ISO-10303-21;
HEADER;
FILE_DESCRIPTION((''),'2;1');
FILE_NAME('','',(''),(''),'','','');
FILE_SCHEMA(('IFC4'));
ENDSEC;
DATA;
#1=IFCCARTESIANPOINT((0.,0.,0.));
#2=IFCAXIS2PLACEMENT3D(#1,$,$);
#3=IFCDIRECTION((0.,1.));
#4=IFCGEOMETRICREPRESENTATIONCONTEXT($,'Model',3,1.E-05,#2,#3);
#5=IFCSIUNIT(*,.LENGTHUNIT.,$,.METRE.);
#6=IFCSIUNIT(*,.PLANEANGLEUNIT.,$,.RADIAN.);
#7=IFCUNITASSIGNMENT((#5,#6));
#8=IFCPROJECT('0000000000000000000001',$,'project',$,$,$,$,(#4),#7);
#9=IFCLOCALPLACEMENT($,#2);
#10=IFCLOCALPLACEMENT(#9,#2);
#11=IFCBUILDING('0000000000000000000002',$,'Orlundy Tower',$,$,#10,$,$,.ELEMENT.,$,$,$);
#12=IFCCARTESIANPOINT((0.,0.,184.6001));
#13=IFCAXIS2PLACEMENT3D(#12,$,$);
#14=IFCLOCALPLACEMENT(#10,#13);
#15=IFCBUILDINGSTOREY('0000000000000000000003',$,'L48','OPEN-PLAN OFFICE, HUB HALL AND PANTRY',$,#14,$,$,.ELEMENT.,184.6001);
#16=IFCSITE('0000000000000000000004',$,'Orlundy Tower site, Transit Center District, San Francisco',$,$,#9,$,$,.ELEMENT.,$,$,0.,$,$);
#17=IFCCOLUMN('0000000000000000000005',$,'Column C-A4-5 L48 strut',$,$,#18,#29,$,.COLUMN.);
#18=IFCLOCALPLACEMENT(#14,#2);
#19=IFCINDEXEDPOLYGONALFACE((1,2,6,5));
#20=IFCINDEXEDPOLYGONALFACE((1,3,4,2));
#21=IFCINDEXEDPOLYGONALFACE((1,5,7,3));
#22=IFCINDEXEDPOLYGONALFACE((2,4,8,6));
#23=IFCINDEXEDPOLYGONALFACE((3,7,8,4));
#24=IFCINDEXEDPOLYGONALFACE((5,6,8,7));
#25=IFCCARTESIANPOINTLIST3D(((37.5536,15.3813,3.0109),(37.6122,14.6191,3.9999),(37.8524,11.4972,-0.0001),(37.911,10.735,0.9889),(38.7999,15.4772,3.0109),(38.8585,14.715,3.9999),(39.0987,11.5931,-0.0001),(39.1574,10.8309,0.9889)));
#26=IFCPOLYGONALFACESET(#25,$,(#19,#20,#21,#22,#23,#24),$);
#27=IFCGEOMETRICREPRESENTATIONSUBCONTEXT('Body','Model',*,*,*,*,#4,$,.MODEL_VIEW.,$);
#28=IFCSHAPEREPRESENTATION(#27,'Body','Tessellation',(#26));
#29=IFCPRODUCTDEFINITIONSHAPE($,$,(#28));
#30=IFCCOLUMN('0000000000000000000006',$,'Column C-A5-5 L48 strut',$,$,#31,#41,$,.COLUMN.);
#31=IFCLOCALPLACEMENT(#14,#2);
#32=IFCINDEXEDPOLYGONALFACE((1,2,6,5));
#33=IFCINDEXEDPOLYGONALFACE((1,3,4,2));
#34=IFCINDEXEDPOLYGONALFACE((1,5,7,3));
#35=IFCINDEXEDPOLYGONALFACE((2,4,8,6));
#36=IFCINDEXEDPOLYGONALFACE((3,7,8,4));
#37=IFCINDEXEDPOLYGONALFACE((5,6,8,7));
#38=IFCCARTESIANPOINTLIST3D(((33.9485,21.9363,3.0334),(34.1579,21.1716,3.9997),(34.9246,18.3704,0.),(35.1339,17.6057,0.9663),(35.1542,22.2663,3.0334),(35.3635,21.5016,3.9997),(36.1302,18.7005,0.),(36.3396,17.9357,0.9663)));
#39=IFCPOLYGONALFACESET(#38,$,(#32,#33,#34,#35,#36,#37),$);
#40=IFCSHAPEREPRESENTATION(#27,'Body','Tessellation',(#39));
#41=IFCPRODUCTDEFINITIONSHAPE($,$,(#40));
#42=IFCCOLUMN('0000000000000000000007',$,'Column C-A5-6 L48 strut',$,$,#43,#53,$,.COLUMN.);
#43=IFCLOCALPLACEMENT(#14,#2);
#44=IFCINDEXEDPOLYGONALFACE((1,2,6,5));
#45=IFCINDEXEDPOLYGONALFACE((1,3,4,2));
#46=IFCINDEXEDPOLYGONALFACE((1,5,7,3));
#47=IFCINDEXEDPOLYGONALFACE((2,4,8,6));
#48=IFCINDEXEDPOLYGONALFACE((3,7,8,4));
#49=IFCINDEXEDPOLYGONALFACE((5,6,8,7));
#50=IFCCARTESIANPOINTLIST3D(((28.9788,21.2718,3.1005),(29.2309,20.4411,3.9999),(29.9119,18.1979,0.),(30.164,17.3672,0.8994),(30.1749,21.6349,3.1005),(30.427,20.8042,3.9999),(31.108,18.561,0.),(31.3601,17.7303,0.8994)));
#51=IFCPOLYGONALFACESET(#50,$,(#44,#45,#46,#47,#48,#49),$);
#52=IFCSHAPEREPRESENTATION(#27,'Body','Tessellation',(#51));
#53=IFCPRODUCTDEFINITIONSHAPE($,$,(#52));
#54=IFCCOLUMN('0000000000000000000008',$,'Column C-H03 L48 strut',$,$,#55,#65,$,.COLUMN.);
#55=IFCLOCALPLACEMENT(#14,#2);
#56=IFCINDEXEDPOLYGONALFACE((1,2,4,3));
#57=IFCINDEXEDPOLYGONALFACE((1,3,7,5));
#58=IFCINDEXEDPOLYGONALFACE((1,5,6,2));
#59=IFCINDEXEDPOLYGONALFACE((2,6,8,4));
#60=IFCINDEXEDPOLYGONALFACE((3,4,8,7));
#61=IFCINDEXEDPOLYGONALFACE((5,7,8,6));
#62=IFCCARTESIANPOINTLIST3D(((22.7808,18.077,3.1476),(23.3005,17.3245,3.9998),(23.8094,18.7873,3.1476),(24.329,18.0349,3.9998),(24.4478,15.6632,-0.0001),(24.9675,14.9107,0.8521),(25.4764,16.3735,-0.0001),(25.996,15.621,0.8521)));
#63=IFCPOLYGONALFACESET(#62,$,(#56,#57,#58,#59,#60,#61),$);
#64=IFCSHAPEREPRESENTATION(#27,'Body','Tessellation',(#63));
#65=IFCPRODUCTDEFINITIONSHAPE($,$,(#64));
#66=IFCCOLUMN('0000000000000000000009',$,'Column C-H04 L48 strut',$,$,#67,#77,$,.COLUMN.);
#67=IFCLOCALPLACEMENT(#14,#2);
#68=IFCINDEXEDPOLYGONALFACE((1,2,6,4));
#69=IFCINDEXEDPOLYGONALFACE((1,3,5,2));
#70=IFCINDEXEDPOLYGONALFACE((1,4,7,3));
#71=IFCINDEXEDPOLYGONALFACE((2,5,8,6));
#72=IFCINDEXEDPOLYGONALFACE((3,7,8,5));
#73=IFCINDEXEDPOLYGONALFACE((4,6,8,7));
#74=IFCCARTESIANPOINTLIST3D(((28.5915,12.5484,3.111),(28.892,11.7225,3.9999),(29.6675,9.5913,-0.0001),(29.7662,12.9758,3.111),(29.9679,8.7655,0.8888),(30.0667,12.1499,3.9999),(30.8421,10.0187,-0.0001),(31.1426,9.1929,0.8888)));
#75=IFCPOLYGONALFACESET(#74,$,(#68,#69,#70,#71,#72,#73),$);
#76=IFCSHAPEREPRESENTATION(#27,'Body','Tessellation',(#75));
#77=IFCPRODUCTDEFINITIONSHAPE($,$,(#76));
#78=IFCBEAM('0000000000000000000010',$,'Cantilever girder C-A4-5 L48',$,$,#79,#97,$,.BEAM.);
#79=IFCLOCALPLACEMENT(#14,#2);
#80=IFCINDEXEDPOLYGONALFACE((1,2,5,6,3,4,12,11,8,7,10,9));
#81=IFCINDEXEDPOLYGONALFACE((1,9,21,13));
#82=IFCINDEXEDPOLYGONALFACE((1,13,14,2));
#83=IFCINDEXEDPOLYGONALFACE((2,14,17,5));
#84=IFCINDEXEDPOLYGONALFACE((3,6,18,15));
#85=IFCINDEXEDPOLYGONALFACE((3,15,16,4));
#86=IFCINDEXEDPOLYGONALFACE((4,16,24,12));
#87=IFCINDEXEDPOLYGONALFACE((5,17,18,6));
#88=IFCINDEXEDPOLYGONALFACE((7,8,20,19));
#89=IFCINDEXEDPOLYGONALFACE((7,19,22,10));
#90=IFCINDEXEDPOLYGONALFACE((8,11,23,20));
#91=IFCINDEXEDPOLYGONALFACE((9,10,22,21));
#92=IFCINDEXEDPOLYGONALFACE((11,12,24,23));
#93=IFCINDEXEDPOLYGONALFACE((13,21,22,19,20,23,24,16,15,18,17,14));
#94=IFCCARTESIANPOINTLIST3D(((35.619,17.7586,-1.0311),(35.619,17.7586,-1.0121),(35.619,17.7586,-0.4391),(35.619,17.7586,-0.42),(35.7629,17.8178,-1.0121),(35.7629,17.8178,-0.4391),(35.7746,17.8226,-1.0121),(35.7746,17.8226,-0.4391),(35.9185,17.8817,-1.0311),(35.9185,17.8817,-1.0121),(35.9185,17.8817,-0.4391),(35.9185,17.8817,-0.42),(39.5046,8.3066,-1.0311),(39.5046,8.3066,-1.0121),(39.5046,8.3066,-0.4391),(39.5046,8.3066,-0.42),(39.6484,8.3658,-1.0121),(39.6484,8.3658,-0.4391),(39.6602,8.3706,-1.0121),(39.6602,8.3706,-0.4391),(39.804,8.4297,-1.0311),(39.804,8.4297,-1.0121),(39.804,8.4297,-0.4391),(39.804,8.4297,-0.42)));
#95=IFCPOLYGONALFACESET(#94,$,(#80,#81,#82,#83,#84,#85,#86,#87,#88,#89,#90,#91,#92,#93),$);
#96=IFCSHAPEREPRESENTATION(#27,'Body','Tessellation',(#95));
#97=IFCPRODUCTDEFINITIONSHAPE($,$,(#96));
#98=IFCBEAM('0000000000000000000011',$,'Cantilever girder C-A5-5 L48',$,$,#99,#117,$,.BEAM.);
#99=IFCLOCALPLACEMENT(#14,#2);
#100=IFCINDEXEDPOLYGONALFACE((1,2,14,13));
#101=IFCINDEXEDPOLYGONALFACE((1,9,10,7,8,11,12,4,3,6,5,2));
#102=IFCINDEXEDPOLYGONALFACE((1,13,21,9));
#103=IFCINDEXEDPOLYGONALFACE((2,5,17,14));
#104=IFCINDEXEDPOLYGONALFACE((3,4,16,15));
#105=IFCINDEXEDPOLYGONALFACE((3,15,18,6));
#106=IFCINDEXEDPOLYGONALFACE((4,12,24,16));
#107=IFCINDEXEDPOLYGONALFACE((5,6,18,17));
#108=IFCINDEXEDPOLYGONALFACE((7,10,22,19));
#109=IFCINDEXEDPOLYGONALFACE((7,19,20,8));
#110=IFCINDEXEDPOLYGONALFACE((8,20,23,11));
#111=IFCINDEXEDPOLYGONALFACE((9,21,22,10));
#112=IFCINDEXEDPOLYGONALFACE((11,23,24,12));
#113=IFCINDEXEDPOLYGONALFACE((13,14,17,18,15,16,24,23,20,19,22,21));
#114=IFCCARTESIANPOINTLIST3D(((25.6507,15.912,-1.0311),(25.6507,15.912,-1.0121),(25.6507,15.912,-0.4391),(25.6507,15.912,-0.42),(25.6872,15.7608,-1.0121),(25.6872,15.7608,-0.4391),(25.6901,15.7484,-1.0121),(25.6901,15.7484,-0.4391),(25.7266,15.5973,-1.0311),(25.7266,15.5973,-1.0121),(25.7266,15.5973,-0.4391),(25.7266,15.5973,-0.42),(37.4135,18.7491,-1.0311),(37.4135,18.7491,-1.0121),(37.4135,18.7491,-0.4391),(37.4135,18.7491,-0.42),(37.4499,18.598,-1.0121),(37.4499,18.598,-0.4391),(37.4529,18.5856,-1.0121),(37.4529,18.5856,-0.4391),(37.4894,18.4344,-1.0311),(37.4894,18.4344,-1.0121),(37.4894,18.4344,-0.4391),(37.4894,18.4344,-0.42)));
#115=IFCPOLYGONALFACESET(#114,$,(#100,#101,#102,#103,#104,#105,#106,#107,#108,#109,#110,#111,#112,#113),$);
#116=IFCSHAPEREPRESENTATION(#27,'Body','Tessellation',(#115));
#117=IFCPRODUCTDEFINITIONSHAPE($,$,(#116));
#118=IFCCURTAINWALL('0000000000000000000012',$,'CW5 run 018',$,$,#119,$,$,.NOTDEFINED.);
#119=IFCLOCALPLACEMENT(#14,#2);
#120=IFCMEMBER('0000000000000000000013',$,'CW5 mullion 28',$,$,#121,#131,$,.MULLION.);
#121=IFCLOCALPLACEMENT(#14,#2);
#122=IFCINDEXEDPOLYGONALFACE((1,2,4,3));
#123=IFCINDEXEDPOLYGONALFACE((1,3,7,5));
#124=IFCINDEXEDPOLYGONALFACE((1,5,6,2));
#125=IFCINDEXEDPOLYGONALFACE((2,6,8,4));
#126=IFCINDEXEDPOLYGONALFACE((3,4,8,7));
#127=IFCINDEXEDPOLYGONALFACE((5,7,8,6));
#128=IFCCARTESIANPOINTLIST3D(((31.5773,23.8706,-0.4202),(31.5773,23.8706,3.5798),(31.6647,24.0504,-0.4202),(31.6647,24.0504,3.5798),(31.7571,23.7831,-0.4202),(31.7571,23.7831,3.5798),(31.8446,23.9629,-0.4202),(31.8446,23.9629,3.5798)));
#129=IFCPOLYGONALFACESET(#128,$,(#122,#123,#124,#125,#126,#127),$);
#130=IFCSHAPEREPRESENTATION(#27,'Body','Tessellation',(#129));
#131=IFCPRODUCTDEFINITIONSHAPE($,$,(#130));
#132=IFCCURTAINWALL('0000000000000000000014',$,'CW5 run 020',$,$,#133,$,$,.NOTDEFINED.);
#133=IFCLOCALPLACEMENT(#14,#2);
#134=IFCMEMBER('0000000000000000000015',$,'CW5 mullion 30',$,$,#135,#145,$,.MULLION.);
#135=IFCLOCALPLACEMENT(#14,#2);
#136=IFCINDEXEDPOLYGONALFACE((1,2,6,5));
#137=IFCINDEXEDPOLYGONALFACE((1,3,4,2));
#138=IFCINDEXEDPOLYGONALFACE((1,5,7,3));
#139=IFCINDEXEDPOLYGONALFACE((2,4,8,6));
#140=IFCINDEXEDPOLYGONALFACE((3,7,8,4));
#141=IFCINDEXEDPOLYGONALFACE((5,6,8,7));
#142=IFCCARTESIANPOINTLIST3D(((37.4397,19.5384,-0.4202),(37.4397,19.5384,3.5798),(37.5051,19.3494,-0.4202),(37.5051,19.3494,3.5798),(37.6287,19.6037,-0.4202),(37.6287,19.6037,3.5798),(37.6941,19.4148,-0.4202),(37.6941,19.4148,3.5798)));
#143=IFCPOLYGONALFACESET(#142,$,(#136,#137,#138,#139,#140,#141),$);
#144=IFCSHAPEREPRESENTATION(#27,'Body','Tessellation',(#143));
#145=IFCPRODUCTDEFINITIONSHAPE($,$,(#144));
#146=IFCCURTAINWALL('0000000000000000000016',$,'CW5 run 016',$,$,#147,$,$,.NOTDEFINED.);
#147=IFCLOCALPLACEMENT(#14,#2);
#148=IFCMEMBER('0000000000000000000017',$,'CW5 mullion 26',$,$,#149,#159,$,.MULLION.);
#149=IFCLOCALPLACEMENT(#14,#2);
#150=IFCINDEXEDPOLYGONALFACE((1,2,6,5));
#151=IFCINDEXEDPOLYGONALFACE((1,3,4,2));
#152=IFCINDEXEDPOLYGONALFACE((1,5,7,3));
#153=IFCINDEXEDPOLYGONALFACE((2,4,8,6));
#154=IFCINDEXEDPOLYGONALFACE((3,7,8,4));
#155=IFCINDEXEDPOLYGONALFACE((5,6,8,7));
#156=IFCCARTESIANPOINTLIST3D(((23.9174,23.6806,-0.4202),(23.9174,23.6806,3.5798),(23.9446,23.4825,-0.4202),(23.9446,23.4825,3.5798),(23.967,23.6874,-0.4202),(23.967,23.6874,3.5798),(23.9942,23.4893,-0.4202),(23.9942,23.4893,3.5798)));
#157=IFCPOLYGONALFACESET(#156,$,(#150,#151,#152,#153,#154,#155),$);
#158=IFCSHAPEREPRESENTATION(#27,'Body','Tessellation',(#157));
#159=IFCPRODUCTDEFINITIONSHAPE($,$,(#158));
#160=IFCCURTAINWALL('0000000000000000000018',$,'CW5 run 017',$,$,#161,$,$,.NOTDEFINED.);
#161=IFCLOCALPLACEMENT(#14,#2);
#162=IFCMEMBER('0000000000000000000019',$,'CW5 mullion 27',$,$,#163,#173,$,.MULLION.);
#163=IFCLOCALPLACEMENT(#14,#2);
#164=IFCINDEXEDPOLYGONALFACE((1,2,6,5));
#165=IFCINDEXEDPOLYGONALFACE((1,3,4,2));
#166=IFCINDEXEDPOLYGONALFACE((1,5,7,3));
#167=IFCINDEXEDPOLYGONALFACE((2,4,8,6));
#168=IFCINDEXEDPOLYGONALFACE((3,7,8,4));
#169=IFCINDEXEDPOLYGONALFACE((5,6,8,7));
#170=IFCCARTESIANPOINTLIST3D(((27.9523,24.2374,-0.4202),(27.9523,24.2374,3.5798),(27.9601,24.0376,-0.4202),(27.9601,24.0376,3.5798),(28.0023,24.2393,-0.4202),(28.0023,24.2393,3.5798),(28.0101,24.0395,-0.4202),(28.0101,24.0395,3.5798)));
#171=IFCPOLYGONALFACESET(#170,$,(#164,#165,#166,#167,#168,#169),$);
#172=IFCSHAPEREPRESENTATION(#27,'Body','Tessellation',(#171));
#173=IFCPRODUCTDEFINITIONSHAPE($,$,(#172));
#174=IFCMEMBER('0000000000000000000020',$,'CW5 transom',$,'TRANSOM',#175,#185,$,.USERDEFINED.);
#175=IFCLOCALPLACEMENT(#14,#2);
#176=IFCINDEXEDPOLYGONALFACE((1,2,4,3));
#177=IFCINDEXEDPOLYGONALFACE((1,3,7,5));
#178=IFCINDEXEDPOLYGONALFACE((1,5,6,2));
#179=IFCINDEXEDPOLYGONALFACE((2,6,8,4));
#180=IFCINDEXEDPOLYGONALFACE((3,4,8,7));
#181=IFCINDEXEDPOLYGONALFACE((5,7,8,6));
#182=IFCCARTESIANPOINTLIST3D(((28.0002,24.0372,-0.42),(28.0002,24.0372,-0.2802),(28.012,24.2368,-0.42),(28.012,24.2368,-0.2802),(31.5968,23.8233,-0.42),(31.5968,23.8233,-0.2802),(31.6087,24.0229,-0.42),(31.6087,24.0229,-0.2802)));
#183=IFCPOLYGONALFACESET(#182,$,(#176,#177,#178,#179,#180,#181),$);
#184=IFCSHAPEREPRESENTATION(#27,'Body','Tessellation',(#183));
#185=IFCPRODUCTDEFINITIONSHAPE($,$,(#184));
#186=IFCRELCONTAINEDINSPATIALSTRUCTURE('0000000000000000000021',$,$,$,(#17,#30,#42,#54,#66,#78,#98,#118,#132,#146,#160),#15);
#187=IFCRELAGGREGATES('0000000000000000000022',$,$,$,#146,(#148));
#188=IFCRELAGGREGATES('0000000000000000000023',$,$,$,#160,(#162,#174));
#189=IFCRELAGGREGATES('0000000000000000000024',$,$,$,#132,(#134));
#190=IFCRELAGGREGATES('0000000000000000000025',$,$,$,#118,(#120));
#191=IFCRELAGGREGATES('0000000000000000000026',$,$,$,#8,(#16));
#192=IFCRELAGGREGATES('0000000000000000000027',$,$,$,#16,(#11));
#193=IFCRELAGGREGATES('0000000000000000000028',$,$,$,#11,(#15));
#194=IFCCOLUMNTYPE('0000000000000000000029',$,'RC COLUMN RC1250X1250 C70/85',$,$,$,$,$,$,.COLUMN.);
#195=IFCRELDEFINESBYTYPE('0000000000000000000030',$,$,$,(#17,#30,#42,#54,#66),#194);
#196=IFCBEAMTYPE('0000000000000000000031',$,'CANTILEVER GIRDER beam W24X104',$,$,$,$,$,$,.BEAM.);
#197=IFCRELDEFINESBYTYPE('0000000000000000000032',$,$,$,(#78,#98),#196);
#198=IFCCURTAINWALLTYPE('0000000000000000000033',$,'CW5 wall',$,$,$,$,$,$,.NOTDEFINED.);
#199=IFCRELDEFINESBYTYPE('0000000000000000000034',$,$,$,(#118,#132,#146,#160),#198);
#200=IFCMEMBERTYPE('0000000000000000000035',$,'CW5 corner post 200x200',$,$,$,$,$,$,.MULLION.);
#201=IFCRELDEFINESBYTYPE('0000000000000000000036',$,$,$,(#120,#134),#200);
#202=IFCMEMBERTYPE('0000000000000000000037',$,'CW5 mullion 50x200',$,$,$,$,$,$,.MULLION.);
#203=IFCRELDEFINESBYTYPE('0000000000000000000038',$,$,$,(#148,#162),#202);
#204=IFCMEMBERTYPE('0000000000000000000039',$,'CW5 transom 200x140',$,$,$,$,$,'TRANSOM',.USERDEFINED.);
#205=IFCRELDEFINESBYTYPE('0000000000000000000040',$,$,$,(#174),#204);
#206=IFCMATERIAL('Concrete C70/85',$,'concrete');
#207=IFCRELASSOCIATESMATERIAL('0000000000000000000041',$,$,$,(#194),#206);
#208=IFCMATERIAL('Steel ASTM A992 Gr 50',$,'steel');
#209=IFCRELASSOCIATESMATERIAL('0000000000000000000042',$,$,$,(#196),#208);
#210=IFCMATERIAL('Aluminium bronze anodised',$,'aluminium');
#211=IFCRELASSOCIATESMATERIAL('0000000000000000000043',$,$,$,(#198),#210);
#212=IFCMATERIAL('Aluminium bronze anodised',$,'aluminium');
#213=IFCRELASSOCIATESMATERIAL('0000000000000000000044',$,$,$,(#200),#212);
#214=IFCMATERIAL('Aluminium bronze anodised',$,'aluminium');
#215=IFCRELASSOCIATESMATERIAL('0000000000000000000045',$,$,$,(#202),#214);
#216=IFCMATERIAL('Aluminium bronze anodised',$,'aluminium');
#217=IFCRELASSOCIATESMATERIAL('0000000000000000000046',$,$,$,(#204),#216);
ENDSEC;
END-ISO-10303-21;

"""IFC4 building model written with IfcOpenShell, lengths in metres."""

from ifc_helpers import new_model, si_unit, direction, frame, origin, origin_2d, place, context, subcontext, project, spatial, rectangle, i_section, extrude, material, material_profile, profile_set, type_object, element, aggregate, save


model = new_model("IFC4")

# Units and contexts
model_context = context("Model", 3, precision=1e-05, world=origin(), true_north=direction((0.0, 1.0)))
body_context = subcontext(model_context, "Body", "Model", "MODEL_VIEW")
ifc_project = project(units=[si_unit("LENGTHUNIT", "METRE"), si_unit("PLANEANGLEUNIT", "RADIAN")], contexts=[model_context])

# Site, building, storey
site_placement = place(None, origin())
site = spatial("IfcSite", under=ifc_project, at=site_placement, Name="Orlundy Tower site, Transit Center District, San Francisco", CompositionType="ELEMENT", RefElevation=0.0)
building_placement = place(site_placement, origin())
building = spatial("IfcBuilding", under=site, at=building_placement, Name="Orlundy Tower", CompositionType="ELEMENT")
storey_placement = place(building_placement, frame((0.0, 0.0, 184.6001)))
storey = spatial("IfcBuildingStorey", under=building, at=storey_placement, Name="L48", Description="OPEN-PLAN OFFICE, HUB HALL AND PANTRY", CompositionType="ELEMENT", Elevation=184.6001)

# Columns
ifc_material_1 = material(Name="Concrete C70/85", Category="concrete")
ifc_material_profile_1 = material_profile(ifc_material_1, rectangle(XDim=1.25, YDim=1.25, at=origin_2d()), Name="RC1250X1250")
ifc_profile_set_1 = profile_set([ifc_material_profile_1], Name="Concrete C70/85")
column_type = type_object("IfcColumnType", Name="RC COLUMN RC1250X1250 C70/85", PredefinedType="COLUMN", material=ifc_profile_set_1)
column_1_placement = place(storey_placement, frame((38.5049, 11.1641, 0.4944), z_axis=(-0.060694, 0.788873, 0.611552), x_axis=(-0.997053, -0.076711, 0.0)))
element("IfcColumn", 1, at=column_1_placement, inside=storey, type_object=column_type, Name="Column C-A4-5 L48 strut", PredefinedType="COLUMN", context=body_context, shape_type="SweptSolid", body=[
    extrude(rectangle(XDim=1.25, YDim=1.25, at=origin_2d()), origin(), (0.0, 0.0, 1.0), 4.9236),
])
column_2_placement = place(storey_placement, frame((35.6321, 18.1531, 0.4832), z_axis=(-0.204102, 0.745651, 0.634309), x_axis=(-0.96452, -0.264011, 0.0)))
element("IfcColumn", 2, at=column_2_placement, inside=storey, type_object=column_type, Name="Column C-A5-5 L48 strut", PredefinedType="COLUMN", context=body_context, shape_type="SweptSolid", body=[
    extrude(rectangle(XDim=1.25, YDim=1.25, at=origin_2d()), origin(), (0.0, 0.0, 1.0), 4.7822),
])
column_3_placement = place(storey_placement, frame((30.636, 17.9641, 0.4497), z_axis=(-0.208996, 0.688505, 0.694465), x_axis=(-0.956886, -0.290463, 0.0)))
element("IfcColumn", 3, at=column_3_placement, inside=storey, type_object=column_type, Name="Column C-A5-6 L48 strut", PredefinedType="COLUMN", context=body_context, shape_type="SweptSolid", body=[
    extrude(rectangle(XDim=1.25, YDim=1.25, at=origin_2d()), origin(), (0.0, 0.0, 1.0), 4.4646),
])
column_4_placement = place(storey_placement, frame((25.2219, 15.6421, 0.426), z_axis=(-0.387427, 0.560998, 0.731561), x_axis=(-0.822848, -0.568262, 0.0)))
element("IfcColumn", 4, at=column_4_placement, inside=storey, type_object=column_type, Name="Column C-H03 L48 strut", PredefinedType="COLUMN", context=body_context, shape_type="SweptSolid", body=[
    extrude(rectangle(XDim=1.25, YDim=1.25, at=origin_2d()), origin(), (0.0, 0.0, 1.0), 4.3027),
])
column_5_placement = place(storey_placement, frame((30.405, 9.3921, 0.4443), z_axis=(-0.243148, 0.668258, 0.703072), x_axis=(-0.939728, -0.341924, 0.0)))
element("IfcColumn", 5, at=column_5_placement, inside=storey, type_object=column_type, Name="Column C-H04 L48 strut", PredefinedType="COLUMN", context=body_context, shape_type="SweptSolid", body=[
    extrude(rectangle(XDim=1.25, YDim=1.25, at=origin_2d()), origin(), (0.0, 0.0, 1.0), 4.425),
])

# Beams
ifc_material_2 = material(Name="Steel ASTM A992 Gr 50", Category="steel")
ifc_material_profile_2 = material_profile(ifc_material_2, i_section(OverallWidth=0.3237, OverallDepth=0.6111, WebThickness=0.0127, FlangeThickness=0.019, at=origin_2d()), Name="W24X104")
ifc_profile_set_2 = profile_set([ifc_material_profile_2], Name="Steel ASTM A992 Gr 50")
beam_type = type_object("IfcBeamType", Name="CANTILEVER GIRDER beam W24X104", PredefinedType="BEAM", material=ifc_profile_set_2)
beam_1_placement = place(storey_placement, frame((39.6543, 8.3682, -0.7256), z_axis=(-0.380209, 0.924901, 0.0), x_axis=(-0.924901, -0.380209, 0.0)))
element("IfcBeam", 6, at=beam_1_placement, inside=storey, type_object=beam_type, Name="Cantilever girder C-A4-5 L48", PredefinedType="BEAM", context=body_context, shape_type="SweptSolid", body=[
    extrude(i_section(OverallWidth=0.3237, OverallDepth=0.6111, WebThickness=0.0127, FlangeThickness=0.019, at=origin_2d()), origin(), (0.0, 0.0, 1.0), 10.2195),
])
beam_2_placement = place(storey_placement, frame((37.4514, 18.5918, -0.7256), z_axis=(-0.972122, -0.234476, 0.0), x_axis=(0.234476, -0.972122, 0.0)))
element("IfcBeam", 7, at=beam_2_placement, inside=storey, type_object=beam_type, Name="Cantilever girder C-A5-5 L48", PredefinedType="BEAM", context=body_context, shape_type="SweptSolid", body=[
    extrude(i_section(OverallWidth=0.3237, OverallDepth=0.6111, WebThickness=0.0127, FlangeThickness=0.019, at=origin_2d()), origin(), (0.0, 0.0, 1.0), 12.1001),
])

# Curtain walls, members
ifc_material_3 = material(Name="Aluminium bronze anodised", Category="aluminium")
curtain_wall_type = type_object("IfcCurtainWallType", Name="CW5 wall", PredefinedType="NOTDEFINED", material=ifc_material_3)
curtain_wall_1_placement = place(storey_placement, origin())
curtain_wall_1 = element("IfcCurtainWall", 8, at=curtain_wall_1_placement, inside=storey, type_object=curtain_wall_type, Name="CW5 run 018", PredefinedType="NOTDEFINED")
ifc_material_4 = material(Name="Aluminium bronze anodised", Category="aluminium")
ifc_material_profile_3 = material_profile(ifc_material_4, rectangle(XDim=0.2, YDim=0.2, at=origin_2d()), Name="CW5 corner post 200x200")
ifc_profile_set_3 = profile_set([ifc_material_profile_3], Name="Aluminium bronze anodised")
member_type_1 = type_object("IfcMemberType", Name="CW5 corner post 200x200", PredefinedType="MULLION", material=ifc_profile_set_3)
member_1_placement = place(storey_placement, frame((31.7109, 23.9167, -0.4202), z_axis=(0.0, 0.0, 1.0), x_axis=(0.437259, 0.899335, 0.0)))
member_1 = element("IfcMember", 9, at=member_1_placement, type_object=member_type_1, Name="CW5 mullion 28", PredefinedType="MULLION", context=body_context, shape_type="SweptSolid", body=[
    extrude(rectangle(XDim=0.2, YDim=0.2, at=origin_2d()), origin(), (0.0, 0.0, 1.0), 4.0),
])
curtain_wall_2_placement = place(storey_placement, origin())
curtain_wall_2 = element("IfcCurtainWall", 10, at=curtain_wall_2_placement, inside=storey, type_object=curtain_wall_type, Name="CW5 run 020", PredefinedType="NOTDEFINED")
member_2_placement = place(storey_placement, frame((37.5669, 19.4766, -0.4202), z_axis=(0.0, 0.0, 1.0), x_axis=(0.945034, 0.326972, 0.0)))
member_2 = element("IfcMember", 11, at=member_2_placement, type_object=member_type_1, Name="CW5 mullion 30", PredefinedType="MULLION", context=body_context, shape_type="SweptSolid", body=[
    extrude(rectangle(XDim=0.2, YDim=0.2, at=origin_2d()), origin(), (0.0, 0.0, 1.0), 4.0),
])
curtain_wall_3_placement = place(storey_placement, origin())
curtain_wall_3 = element("IfcCurtainWall", 12, at=curtain_wall_3_placement, inside=storey, type_object=curtain_wall_type, Name="CW5 run 016", PredefinedType="NOTDEFINED")
ifc_material_5 = material(Name="Aluminium bronze anodised", Category="aluminium")
ifc_material_profile_4 = material_profile(ifc_material_5, rectangle(XDim=0.2, YDim=0.05, at=origin_2d()), Name="CW5 mullion 50x200")
ifc_profile_set_4 = profile_set([ifc_material_profile_4], Name="Aluminium bronze anodised")
member_type_2 = type_object("IfcMemberType", Name="CW5 mullion 50x200", PredefinedType="MULLION", material=ifc_profile_set_4)
member_3_placement = place(storey_placement, frame((23.9558, 23.585, -0.4202), z_axis=(0.0, 0.0, 1.0), x_axis=(-0.136187, 0.990683, 0.0)))
member_3 = element("IfcMember", 13, at=member_3_placement, type_object=member_type_2, Name="CW5 mullion 26", PredefinedType="MULLION", context=body_context, shape_type="SweptSolid", body=[
    extrude(rectangle(XDim=0.2, YDim=0.05, at=origin_2d()), origin(), (0.0, 0.0, 1.0), 4.0),
])

# Curtain wall, members
curtain_wall_4_placement = place(storey_placement, origin())
curtain_wall_4 = element("IfcCurtainWall", 14, at=curtain_wall_4_placement, inside=storey, type_object=curtain_wall_type, Name="CW5 run 017", PredefinedType="NOTDEFINED")
member_4_placement = place(storey_placement, frame((27.9812, 24.1384, -0.4202), z_axis=(0.0, 0.0, 1.0), x_axis=(-0.038601, 0.999255, 0.0)))
member_4 = element("IfcMember", 15, at=member_4_placement, type_object=member_type_2, Name="CW5 mullion 27", PredefinedType="MULLION", context=body_context, shape_type="SweptSolid", body=[
    extrude(rectangle(XDim=0.2, YDim=0.05, at=origin_2d()), origin(), (0.0, 0.0, 1.0), 4.0),
])
ifc_material_6 = material(Name="Aluminium bronze anodised", Category="aluminium")
ifc_material_profile_5 = material_profile(ifc_material_6, rectangle(XDim=0.2, YDim=0.1399, at=origin_2d()), Name="CW5 transom 200x140")
ifc_profile_set_5 = profile_set([ifc_material_profile_5], Name="Aluminium bronze anodised")
member_type_3 = type_object("IfcMemberType", Name="CW5 transom 200x140", ElementType="TRANSOM", PredefinedType="USERDEFINED", material=ifc_profile_set_5)
member_5_placement = place(storey_placement, frame((28.0061, 24.137, -0.3501), z_axis=(0.998237, -0.059358, 0.0), x_axis=(0.059358, 0.998237, 0.0)))
member_5 = element("IfcMember", 16, at=member_5_placement, type_object=member_type_3, Name="CW5 transom", ObjectType="TRANSOM", PredefinedType="USERDEFINED", context=body_context, shape_type="SweptSolid", body=[
    extrude(rectangle(XDim=0.2, YDim=0.1399, at=origin_2d()), origin(), (0.0, 0.0, 1.0), 3.603),
])

aggregate(curtain_wall_3, [member_3])
aggregate(curtain_wall_4, [member_4, member_5])
aggregate(curtain_wall_2, [member_2])
aggregate(curtain_wall_1, [member_1])

save(model, "model.ifc")
